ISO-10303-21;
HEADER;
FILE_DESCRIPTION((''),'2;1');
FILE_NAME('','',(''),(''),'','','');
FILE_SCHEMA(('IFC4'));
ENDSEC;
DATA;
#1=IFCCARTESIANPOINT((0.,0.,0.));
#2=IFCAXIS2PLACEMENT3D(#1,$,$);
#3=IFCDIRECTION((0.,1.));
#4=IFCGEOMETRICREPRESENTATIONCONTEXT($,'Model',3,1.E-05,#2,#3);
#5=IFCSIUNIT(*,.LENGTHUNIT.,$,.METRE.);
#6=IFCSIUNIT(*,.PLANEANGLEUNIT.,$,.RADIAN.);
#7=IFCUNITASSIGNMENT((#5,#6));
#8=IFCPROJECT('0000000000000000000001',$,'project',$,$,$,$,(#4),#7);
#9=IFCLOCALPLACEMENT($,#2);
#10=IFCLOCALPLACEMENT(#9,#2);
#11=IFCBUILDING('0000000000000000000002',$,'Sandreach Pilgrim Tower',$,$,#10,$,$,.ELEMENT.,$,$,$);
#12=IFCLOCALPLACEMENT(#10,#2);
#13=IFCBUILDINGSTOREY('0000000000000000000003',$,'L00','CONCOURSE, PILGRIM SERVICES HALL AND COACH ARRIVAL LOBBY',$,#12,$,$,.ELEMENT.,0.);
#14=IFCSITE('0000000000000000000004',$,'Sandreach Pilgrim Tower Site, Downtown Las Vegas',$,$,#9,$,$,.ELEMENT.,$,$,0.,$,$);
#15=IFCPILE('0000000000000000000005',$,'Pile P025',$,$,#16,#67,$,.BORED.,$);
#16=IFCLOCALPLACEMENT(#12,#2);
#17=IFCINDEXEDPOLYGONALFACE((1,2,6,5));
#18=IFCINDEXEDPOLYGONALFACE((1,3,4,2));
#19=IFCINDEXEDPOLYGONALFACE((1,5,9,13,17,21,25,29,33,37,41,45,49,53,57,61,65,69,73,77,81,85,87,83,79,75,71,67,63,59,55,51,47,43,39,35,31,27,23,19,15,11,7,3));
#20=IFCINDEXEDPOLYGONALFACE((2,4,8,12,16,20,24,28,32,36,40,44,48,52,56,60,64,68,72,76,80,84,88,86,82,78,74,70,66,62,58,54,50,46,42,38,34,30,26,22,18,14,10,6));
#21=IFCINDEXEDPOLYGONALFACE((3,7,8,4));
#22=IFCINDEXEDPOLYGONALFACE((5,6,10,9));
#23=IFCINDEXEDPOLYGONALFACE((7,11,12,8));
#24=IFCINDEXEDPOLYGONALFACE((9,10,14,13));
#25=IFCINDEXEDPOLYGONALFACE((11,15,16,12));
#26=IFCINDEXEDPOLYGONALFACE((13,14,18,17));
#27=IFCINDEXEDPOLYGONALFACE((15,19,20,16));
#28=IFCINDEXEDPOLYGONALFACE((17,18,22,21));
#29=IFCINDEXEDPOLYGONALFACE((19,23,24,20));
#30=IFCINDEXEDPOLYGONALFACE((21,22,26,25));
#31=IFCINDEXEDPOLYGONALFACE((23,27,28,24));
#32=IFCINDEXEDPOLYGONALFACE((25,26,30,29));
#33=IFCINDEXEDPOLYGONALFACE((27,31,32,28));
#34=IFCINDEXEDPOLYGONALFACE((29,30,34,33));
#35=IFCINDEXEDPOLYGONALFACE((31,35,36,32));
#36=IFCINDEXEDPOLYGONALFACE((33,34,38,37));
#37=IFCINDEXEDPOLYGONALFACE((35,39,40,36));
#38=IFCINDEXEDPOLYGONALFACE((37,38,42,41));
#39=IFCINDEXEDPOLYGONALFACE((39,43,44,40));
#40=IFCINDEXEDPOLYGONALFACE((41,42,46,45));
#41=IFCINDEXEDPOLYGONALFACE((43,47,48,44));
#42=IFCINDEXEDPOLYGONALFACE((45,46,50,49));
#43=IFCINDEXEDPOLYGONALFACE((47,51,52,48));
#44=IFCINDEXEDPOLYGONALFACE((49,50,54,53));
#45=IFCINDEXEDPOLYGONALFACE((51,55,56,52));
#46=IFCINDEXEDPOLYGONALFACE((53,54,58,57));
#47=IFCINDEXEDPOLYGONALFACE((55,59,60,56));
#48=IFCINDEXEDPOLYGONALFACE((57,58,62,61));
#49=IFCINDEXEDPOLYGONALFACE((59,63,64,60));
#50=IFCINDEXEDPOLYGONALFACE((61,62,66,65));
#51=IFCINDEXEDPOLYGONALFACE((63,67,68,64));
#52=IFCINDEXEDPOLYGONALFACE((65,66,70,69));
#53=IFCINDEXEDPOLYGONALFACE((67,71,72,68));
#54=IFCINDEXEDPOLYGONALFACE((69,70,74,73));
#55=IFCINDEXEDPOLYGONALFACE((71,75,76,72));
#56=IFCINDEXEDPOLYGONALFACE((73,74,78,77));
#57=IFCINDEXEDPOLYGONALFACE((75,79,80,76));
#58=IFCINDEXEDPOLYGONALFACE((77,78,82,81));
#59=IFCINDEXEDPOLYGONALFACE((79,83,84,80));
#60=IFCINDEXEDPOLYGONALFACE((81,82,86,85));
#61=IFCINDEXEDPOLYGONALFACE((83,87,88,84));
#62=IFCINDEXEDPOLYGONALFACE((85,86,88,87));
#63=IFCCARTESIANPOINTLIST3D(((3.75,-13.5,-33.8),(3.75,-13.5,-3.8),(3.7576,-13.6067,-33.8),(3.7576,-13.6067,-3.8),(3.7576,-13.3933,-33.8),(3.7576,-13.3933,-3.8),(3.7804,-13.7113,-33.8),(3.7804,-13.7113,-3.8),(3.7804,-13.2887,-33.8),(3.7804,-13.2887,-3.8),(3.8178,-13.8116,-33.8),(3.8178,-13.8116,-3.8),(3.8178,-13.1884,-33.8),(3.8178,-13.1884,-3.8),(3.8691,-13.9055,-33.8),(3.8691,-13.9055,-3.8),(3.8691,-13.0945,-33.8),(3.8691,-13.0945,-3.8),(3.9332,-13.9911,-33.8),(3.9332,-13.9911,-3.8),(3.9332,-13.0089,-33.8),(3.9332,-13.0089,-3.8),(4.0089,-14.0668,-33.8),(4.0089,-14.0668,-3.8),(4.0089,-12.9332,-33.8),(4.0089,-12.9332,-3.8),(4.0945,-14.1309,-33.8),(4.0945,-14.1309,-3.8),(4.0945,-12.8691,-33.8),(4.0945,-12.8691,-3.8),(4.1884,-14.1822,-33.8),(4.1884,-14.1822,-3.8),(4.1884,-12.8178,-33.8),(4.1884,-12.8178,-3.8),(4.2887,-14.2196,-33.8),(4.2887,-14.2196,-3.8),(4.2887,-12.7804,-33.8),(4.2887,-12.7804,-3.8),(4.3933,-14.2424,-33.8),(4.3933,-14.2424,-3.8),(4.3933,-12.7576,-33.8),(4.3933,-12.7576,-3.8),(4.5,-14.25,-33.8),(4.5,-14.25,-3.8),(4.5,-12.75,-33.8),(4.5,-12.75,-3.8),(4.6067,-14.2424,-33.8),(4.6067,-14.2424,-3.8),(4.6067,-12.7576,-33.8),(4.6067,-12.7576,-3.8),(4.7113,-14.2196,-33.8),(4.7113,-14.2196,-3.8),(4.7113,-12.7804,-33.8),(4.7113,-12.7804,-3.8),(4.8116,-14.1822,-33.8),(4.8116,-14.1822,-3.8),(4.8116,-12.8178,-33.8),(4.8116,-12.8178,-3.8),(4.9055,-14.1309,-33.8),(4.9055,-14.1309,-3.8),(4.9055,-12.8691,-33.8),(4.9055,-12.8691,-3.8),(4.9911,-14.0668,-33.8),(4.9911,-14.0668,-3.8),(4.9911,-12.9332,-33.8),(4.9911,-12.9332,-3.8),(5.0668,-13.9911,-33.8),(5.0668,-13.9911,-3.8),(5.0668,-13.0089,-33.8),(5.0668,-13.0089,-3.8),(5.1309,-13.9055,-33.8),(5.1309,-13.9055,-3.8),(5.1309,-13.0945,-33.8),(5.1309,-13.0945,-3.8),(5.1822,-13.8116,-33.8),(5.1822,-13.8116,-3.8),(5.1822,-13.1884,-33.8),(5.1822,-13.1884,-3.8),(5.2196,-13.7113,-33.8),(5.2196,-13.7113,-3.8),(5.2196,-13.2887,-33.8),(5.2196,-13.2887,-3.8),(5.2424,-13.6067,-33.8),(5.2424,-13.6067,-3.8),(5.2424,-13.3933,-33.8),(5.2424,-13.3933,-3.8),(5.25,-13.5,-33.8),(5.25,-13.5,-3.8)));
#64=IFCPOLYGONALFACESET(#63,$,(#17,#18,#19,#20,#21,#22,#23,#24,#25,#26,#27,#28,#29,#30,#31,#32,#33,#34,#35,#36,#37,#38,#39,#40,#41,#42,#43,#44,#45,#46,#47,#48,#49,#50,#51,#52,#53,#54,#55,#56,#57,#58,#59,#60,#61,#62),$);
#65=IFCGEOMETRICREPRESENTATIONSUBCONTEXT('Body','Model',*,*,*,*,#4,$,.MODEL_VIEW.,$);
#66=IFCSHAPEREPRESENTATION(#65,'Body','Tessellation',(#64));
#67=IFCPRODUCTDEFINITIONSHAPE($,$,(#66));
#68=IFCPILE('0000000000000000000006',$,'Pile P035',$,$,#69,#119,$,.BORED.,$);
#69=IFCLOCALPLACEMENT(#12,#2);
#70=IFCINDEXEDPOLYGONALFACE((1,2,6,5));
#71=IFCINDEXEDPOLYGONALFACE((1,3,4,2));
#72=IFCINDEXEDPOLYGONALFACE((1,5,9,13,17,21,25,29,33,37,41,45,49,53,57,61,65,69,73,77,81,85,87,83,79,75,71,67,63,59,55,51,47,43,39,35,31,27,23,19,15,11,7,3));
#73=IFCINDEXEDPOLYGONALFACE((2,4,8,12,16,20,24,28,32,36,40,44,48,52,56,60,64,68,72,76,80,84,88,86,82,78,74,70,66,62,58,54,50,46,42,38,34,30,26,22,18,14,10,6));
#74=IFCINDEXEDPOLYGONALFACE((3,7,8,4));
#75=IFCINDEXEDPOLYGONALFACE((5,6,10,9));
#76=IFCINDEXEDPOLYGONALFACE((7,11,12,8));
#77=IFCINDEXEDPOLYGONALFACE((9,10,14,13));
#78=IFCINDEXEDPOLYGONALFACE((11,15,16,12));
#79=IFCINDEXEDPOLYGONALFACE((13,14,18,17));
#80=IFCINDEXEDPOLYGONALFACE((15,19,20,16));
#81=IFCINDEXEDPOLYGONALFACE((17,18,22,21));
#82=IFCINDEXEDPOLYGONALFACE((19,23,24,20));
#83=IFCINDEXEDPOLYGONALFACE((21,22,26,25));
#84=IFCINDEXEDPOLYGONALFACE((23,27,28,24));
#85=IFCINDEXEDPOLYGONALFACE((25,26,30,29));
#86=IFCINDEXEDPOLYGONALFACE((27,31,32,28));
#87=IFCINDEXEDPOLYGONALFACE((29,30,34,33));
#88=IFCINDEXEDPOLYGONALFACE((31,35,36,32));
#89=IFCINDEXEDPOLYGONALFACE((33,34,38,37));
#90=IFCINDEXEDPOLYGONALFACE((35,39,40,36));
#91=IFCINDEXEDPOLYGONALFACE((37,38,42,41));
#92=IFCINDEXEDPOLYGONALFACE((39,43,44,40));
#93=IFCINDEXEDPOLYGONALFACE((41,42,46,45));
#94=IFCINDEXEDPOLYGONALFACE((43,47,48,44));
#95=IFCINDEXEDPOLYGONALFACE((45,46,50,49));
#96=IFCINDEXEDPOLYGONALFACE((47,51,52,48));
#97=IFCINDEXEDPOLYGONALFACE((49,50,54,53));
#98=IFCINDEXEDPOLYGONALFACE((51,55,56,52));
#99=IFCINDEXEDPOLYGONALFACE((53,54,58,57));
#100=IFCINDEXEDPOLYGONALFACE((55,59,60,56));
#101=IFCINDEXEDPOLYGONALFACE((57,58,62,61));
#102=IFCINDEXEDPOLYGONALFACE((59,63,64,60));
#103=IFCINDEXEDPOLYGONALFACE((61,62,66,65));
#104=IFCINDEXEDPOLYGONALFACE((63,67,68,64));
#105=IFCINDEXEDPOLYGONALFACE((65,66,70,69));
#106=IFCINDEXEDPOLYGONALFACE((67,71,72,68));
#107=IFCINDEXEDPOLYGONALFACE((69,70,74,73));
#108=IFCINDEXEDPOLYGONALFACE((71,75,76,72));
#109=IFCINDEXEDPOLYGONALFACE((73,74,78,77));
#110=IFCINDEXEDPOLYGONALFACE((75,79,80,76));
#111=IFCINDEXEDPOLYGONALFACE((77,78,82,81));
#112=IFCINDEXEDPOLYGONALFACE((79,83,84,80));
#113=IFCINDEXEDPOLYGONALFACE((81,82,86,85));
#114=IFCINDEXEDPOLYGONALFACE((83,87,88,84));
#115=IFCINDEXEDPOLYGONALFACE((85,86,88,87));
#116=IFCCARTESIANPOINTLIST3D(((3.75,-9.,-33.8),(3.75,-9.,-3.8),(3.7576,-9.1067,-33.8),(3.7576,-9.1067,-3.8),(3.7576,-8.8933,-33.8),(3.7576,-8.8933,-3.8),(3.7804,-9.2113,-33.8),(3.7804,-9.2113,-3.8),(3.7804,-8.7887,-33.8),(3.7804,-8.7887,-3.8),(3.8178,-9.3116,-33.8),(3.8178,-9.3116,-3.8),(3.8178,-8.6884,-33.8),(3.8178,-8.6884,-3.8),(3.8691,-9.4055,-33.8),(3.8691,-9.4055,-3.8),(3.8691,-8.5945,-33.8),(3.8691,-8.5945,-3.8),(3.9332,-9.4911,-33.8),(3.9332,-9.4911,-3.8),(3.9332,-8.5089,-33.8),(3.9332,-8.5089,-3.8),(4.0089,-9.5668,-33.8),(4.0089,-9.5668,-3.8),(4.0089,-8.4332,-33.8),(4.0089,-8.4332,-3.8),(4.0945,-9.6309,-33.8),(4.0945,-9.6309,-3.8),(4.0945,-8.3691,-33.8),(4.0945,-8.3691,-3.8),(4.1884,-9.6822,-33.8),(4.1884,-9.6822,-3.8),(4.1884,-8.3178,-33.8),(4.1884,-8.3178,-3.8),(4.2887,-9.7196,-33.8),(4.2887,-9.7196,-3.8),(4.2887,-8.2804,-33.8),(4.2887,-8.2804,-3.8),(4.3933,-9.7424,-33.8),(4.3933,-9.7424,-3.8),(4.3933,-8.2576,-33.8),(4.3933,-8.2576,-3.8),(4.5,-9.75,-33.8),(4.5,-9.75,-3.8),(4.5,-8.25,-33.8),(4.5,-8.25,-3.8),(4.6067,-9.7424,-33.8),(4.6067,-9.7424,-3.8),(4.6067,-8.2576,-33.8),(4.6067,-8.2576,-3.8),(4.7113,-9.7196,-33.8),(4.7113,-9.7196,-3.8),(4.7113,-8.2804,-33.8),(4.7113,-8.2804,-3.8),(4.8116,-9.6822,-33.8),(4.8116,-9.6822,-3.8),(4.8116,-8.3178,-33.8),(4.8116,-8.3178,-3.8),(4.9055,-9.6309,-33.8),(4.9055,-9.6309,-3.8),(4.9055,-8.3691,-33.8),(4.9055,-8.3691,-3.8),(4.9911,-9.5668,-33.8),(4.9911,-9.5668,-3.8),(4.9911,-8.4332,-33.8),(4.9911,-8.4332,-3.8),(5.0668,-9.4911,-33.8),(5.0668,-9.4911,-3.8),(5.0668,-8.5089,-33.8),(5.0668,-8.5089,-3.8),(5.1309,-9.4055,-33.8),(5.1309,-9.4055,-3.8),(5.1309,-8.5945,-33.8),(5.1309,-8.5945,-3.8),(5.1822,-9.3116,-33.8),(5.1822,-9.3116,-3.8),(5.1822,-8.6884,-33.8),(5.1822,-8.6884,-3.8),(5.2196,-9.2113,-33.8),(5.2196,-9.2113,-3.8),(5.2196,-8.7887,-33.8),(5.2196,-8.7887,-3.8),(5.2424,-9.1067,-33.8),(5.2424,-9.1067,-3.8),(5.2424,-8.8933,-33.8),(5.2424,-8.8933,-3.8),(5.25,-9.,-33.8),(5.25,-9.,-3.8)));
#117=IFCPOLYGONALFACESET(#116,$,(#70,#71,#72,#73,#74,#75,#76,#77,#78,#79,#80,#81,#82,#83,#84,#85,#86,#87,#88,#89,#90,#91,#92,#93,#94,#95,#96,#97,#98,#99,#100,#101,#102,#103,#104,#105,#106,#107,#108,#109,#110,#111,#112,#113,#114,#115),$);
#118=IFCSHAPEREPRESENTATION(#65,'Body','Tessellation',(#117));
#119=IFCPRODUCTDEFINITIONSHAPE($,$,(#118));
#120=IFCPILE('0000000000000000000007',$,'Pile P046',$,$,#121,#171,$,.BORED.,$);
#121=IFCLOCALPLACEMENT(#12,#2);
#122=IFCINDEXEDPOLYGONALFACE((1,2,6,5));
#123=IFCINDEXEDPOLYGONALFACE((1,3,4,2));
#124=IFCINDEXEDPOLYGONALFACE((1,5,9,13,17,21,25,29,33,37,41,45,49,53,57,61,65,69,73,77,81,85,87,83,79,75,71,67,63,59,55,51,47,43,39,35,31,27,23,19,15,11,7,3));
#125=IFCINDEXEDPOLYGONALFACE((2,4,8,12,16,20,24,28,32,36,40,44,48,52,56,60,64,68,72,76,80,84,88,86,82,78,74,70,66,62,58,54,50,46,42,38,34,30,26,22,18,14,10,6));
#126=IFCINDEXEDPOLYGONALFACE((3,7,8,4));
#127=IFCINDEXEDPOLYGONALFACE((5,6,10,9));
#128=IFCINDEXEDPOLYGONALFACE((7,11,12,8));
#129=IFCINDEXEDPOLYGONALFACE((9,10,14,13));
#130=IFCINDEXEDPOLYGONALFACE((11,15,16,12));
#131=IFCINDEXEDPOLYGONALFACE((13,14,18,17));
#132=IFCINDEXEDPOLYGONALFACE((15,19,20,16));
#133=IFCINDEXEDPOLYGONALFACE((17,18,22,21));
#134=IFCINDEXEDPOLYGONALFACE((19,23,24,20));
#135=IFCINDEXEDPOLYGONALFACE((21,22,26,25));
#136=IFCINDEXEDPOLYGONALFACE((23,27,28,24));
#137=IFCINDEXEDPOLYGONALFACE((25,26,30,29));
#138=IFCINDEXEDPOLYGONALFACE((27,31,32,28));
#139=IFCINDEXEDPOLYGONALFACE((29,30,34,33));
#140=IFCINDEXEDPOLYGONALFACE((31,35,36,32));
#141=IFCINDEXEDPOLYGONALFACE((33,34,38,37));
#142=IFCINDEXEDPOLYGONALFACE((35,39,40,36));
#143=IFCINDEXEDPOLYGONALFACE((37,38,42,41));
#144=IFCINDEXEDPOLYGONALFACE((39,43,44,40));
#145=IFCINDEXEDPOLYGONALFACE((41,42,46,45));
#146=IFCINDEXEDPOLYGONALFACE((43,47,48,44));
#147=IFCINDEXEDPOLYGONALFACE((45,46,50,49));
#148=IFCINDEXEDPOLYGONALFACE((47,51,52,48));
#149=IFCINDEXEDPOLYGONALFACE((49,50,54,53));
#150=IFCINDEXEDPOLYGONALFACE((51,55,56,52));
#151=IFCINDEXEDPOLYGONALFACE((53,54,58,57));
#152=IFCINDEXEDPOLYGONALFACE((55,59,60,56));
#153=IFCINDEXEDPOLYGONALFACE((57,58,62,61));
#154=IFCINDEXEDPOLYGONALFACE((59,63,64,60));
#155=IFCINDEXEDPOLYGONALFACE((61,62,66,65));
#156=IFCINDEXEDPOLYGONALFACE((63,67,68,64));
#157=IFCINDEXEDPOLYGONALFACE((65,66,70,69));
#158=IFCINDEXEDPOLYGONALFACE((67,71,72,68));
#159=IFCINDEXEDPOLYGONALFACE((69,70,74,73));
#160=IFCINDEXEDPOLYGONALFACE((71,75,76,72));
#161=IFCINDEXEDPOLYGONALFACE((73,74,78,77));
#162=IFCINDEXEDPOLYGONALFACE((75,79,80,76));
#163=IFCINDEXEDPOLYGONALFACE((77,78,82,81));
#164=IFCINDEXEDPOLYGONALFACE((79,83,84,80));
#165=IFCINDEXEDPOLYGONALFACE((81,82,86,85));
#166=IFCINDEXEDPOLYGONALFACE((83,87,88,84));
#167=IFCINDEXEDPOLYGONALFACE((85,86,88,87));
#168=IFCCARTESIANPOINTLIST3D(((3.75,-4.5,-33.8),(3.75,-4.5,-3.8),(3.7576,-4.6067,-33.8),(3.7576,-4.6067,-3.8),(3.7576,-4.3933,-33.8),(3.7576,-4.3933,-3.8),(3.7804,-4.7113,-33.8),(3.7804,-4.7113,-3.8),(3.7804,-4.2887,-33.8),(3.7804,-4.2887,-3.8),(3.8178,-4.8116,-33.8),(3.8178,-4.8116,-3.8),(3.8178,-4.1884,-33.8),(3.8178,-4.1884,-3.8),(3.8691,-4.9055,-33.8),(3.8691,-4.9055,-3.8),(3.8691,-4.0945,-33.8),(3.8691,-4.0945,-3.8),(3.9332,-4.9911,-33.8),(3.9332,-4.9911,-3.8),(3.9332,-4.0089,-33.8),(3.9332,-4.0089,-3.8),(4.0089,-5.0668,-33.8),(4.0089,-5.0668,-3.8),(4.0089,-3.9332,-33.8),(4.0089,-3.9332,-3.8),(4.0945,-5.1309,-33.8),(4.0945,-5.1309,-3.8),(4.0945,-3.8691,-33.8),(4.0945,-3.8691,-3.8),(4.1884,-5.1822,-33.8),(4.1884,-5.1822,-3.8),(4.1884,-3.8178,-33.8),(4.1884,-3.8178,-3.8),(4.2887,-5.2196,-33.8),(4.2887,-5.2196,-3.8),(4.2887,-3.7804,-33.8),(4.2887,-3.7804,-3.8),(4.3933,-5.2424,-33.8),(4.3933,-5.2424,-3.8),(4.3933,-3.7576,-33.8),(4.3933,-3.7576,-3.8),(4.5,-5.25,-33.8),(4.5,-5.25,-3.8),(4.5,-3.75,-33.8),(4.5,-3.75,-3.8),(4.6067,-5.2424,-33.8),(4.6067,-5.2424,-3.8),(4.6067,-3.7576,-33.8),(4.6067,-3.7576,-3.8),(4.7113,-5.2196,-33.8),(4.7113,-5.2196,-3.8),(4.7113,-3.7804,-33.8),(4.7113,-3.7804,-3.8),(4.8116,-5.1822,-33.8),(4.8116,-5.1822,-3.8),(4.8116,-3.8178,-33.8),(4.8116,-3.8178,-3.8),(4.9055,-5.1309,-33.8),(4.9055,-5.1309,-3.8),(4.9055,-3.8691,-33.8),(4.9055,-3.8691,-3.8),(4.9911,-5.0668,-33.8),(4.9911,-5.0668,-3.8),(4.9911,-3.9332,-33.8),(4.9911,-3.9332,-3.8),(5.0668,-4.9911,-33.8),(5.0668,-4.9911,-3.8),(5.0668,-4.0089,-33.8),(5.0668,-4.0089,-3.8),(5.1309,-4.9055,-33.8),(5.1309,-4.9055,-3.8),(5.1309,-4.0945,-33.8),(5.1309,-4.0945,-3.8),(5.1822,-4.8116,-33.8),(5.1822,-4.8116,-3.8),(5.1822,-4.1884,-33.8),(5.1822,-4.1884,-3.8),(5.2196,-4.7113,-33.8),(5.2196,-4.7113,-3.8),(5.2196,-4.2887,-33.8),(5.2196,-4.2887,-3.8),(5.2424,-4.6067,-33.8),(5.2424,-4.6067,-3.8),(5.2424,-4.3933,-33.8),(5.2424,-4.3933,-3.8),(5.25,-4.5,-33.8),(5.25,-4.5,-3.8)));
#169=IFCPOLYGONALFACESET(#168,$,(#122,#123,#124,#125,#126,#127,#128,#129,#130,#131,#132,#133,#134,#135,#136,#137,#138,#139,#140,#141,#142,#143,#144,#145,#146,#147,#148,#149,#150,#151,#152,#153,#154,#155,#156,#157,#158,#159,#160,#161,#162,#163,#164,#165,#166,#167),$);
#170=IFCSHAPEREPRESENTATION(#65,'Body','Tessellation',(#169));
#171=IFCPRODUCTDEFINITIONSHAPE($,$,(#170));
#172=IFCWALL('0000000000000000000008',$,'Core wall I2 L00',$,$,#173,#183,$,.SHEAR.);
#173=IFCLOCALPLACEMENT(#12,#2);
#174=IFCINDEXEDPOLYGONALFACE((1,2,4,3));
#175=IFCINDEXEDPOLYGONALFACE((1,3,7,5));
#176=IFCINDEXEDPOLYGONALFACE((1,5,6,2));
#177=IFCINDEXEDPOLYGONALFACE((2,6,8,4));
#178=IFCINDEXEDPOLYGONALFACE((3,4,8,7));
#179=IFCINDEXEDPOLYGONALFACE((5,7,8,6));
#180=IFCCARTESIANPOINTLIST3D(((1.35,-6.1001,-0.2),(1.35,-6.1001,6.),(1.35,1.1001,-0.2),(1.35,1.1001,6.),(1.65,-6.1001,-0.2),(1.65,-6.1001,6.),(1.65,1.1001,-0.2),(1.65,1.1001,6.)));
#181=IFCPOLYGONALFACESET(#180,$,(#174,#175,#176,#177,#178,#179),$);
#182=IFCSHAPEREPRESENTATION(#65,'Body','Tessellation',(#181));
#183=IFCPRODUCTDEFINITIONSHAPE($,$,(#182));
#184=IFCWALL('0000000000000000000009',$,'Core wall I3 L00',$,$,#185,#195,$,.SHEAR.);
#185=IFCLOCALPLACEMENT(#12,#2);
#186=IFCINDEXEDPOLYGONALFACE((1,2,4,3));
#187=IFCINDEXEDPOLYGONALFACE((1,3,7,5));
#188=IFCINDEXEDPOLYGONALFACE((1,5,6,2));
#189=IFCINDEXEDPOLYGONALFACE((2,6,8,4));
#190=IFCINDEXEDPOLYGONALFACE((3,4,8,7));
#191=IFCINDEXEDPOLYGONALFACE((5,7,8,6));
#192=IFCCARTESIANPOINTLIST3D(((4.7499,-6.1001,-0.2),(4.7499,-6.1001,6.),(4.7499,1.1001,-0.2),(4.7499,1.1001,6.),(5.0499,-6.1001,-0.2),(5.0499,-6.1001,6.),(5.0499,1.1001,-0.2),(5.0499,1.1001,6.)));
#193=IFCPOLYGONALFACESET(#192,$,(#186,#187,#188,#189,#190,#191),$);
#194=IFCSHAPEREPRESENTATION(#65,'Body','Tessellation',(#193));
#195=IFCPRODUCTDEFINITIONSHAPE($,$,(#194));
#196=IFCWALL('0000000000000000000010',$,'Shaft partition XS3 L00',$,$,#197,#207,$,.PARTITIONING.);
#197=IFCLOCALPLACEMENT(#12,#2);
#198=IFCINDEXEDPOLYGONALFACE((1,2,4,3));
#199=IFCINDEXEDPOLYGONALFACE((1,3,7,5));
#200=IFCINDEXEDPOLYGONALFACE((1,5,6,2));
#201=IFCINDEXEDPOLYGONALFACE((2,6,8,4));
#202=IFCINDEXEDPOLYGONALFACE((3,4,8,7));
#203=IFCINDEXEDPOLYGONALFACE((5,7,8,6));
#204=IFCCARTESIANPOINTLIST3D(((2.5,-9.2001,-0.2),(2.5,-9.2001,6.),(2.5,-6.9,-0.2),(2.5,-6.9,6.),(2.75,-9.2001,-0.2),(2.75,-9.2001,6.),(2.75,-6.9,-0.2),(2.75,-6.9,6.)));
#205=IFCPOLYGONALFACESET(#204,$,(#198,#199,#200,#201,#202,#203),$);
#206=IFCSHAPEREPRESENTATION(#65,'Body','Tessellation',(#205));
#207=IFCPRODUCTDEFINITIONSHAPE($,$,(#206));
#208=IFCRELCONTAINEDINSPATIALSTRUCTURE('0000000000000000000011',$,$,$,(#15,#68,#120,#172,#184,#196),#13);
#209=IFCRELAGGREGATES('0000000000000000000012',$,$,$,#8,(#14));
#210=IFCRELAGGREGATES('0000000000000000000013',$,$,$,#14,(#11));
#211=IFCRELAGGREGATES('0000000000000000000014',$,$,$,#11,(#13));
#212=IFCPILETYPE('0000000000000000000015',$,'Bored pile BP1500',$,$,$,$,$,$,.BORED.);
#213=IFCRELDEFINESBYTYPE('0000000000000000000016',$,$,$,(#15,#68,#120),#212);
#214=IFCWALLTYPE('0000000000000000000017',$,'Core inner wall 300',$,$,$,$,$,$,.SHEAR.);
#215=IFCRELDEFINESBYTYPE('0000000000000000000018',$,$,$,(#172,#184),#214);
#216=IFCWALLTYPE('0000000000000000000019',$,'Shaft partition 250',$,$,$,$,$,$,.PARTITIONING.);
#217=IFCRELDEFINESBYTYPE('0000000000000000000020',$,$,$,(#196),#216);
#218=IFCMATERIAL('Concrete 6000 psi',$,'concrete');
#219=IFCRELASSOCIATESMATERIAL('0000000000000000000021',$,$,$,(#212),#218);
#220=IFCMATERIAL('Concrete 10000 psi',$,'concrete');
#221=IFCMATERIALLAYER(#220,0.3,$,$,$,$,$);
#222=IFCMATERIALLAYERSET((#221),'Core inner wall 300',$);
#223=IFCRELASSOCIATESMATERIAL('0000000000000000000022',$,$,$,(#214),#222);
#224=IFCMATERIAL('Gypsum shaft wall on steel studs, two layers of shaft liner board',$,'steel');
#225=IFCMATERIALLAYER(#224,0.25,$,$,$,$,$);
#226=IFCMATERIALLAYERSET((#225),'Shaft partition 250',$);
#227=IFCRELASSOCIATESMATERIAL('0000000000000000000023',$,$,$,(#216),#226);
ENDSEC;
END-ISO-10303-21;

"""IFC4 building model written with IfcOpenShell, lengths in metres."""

from ifc_helpers import new_model, si_unit, direction, frame, frame_2d, origin, origin_2d, place, context, subcontext, project, spatial, rectangle, circle, extrude, material, layer, layer_set, material_profile, profile_set, type_object, element, save


model = new_model("IFC4")

# Units and contexts
model_context = context("Model", 3, precision=1e-05, world=origin(), true_north=direction((0.0, 1.0)))
body_context = subcontext(model_context, "Body", "Model", "MODEL_VIEW")
ifc_project = project(units=[si_unit("LENGTHUNIT", "METRE"), si_unit("PLANEANGLEUNIT", "RADIAN")], contexts=[model_context])

# Site, building, storey
site_placement = place(None, origin())
site = spatial("IfcSite", under=ifc_project, at=site_placement, Name="Sandreach Pilgrim Tower Site, Downtown Las Vegas", CompositionType="ELEMENT", RefElevation=0.0)
building_placement = place(site_placement, origin())
building = spatial("IfcBuilding", under=site, at=building_placement, Name="Sandreach Pilgrim Tower", CompositionType="ELEMENT")
storey_placement = place(building_placement, origin())
storey = spatial("IfcBuildingStorey", under=building, at=storey_placement, Name="L00", Description="CONCOURSE, PILGRIM SERVICES HALL AND COACH ARRIVAL LOBBY", CompositionType="ELEMENT", Elevation=0.0)

# Piles
ifc_material_1 = material(Name="Concrete 6000 psi", Category="concrete")
ifc_material_profile = material_profile(ifc_material_1, circle(Radius=0.75, at=origin_2d()), Name="BP1500")
ifc_profile_set = profile_set([ifc_material_profile], Name="Concrete 6000 psi")
pile_type = type_object("IfcPileType", Name="Bored pile BP1500", PredefinedType="BORED", material=ifc_profile_set)
for number, where, z_axis, x_axis, name in (
    (1, (4.5, -13.5, -3.8), (0.0, 0.0, -1.0), (1.0, 0.0, 0.0), "Pile P025"),
    (2, (4.5, -9.0, -3.8), (0.0, 0.0, -1.0), (1.0, 0.0, 0.0), "Pile P035"),
    (3, (4.5, -4.5, -3.8), (0.0, 0.0, -1.0), (1.0, 0.0, 0.0), "Pile P046"),
):
    element("IfcPile", number, at=place(storey_placement, frame(where, z_axis=z_axis, x_axis=x_axis)), inside=storey, type_object=pile_type, Name=name, PredefinedType="BORED", context=body_context, shape_type="SweptSolid", body=[
        extrude(circle(Radius=0.75, at=origin_2d()), origin(), (0.0, 0.0, 1.0), 30.0),
    ])

# Walls
ifc_material_2 = material(Name="Concrete 10000 psi", Category="concrete")
ifc_layer_1 = layer(ifc_material_2, 0.3)
ifc_layer_set_1 = layer_set([ifc_layer_1], Name="Core inner wall 300")
wall_type_1 = type_object("IfcWallType", Name="Core inner wall 300", PredefinedType="SHEAR", material=ifc_layer_set_1)
for number, where, z_axis, x_axis, name in (
    (4, (1.5, -6.1001, -0.2), (0.0, 0.0, 1.0), (0.0, 1.0, 0.0), "Core wall I2 L00"),
    (5, (4.8999, -6.1001, -0.2), (0.0, 0.0, 1.0), (0.0, 1.0, 0.0), "Core wall I3 L00"),
):
    element("IfcWall", number, at=place(storey_placement, frame(where, z_axis=z_axis, x_axis=x_axis)), inside=storey, type_object=wall_type_1, Name=name, PredefinedType="SHEAR", context=body_context, shape_type="SweptSolid", body=[
        extrude(rectangle(XDim=7.2002, YDim=0.3, at=frame_2d((3.6001, 0.0))), origin(), (0.0, 0.0, 1.0), 6.2),
    ])

# Wall
ifc_material_3 = material(Name="Gypsum shaft wall on steel studs, two layers of shaft liner board", Category="steel")
ifc_layer_2 = layer(ifc_material_3, 0.25)
ifc_layer_set_2 = layer_set([ifc_layer_2], Name="Shaft partition 250")
wall_type_2 = type_object("IfcWallType", Name="Shaft partition 250", PredefinedType="PARTITIONING", material=ifc_layer_set_2)
for number, where, z_axis, x_axis, name in (
    (6, (2.625, -9.2, -0.2), (0.0, 0.0, 1.0), (0.0, 1.0, 0.0), "Shaft partition XS3 L00"),
):
    element("IfcWall", number, at=place(storey_placement, frame(where, z_axis=z_axis, x_axis=x_axis)), inside=storey, type_object=wall_type_2, Name=name, PredefinedType="PARTITIONING", context=body_context, shape_type="SweptSolid", body=[
        extrude(rectangle(XDim=2.3, YDim=0.25, at=frame_2d((1.1499, 0.0))), origin(), (0.0, 0.0, 1.0), 6.2),
    ])

save(model, "model.ifc")
